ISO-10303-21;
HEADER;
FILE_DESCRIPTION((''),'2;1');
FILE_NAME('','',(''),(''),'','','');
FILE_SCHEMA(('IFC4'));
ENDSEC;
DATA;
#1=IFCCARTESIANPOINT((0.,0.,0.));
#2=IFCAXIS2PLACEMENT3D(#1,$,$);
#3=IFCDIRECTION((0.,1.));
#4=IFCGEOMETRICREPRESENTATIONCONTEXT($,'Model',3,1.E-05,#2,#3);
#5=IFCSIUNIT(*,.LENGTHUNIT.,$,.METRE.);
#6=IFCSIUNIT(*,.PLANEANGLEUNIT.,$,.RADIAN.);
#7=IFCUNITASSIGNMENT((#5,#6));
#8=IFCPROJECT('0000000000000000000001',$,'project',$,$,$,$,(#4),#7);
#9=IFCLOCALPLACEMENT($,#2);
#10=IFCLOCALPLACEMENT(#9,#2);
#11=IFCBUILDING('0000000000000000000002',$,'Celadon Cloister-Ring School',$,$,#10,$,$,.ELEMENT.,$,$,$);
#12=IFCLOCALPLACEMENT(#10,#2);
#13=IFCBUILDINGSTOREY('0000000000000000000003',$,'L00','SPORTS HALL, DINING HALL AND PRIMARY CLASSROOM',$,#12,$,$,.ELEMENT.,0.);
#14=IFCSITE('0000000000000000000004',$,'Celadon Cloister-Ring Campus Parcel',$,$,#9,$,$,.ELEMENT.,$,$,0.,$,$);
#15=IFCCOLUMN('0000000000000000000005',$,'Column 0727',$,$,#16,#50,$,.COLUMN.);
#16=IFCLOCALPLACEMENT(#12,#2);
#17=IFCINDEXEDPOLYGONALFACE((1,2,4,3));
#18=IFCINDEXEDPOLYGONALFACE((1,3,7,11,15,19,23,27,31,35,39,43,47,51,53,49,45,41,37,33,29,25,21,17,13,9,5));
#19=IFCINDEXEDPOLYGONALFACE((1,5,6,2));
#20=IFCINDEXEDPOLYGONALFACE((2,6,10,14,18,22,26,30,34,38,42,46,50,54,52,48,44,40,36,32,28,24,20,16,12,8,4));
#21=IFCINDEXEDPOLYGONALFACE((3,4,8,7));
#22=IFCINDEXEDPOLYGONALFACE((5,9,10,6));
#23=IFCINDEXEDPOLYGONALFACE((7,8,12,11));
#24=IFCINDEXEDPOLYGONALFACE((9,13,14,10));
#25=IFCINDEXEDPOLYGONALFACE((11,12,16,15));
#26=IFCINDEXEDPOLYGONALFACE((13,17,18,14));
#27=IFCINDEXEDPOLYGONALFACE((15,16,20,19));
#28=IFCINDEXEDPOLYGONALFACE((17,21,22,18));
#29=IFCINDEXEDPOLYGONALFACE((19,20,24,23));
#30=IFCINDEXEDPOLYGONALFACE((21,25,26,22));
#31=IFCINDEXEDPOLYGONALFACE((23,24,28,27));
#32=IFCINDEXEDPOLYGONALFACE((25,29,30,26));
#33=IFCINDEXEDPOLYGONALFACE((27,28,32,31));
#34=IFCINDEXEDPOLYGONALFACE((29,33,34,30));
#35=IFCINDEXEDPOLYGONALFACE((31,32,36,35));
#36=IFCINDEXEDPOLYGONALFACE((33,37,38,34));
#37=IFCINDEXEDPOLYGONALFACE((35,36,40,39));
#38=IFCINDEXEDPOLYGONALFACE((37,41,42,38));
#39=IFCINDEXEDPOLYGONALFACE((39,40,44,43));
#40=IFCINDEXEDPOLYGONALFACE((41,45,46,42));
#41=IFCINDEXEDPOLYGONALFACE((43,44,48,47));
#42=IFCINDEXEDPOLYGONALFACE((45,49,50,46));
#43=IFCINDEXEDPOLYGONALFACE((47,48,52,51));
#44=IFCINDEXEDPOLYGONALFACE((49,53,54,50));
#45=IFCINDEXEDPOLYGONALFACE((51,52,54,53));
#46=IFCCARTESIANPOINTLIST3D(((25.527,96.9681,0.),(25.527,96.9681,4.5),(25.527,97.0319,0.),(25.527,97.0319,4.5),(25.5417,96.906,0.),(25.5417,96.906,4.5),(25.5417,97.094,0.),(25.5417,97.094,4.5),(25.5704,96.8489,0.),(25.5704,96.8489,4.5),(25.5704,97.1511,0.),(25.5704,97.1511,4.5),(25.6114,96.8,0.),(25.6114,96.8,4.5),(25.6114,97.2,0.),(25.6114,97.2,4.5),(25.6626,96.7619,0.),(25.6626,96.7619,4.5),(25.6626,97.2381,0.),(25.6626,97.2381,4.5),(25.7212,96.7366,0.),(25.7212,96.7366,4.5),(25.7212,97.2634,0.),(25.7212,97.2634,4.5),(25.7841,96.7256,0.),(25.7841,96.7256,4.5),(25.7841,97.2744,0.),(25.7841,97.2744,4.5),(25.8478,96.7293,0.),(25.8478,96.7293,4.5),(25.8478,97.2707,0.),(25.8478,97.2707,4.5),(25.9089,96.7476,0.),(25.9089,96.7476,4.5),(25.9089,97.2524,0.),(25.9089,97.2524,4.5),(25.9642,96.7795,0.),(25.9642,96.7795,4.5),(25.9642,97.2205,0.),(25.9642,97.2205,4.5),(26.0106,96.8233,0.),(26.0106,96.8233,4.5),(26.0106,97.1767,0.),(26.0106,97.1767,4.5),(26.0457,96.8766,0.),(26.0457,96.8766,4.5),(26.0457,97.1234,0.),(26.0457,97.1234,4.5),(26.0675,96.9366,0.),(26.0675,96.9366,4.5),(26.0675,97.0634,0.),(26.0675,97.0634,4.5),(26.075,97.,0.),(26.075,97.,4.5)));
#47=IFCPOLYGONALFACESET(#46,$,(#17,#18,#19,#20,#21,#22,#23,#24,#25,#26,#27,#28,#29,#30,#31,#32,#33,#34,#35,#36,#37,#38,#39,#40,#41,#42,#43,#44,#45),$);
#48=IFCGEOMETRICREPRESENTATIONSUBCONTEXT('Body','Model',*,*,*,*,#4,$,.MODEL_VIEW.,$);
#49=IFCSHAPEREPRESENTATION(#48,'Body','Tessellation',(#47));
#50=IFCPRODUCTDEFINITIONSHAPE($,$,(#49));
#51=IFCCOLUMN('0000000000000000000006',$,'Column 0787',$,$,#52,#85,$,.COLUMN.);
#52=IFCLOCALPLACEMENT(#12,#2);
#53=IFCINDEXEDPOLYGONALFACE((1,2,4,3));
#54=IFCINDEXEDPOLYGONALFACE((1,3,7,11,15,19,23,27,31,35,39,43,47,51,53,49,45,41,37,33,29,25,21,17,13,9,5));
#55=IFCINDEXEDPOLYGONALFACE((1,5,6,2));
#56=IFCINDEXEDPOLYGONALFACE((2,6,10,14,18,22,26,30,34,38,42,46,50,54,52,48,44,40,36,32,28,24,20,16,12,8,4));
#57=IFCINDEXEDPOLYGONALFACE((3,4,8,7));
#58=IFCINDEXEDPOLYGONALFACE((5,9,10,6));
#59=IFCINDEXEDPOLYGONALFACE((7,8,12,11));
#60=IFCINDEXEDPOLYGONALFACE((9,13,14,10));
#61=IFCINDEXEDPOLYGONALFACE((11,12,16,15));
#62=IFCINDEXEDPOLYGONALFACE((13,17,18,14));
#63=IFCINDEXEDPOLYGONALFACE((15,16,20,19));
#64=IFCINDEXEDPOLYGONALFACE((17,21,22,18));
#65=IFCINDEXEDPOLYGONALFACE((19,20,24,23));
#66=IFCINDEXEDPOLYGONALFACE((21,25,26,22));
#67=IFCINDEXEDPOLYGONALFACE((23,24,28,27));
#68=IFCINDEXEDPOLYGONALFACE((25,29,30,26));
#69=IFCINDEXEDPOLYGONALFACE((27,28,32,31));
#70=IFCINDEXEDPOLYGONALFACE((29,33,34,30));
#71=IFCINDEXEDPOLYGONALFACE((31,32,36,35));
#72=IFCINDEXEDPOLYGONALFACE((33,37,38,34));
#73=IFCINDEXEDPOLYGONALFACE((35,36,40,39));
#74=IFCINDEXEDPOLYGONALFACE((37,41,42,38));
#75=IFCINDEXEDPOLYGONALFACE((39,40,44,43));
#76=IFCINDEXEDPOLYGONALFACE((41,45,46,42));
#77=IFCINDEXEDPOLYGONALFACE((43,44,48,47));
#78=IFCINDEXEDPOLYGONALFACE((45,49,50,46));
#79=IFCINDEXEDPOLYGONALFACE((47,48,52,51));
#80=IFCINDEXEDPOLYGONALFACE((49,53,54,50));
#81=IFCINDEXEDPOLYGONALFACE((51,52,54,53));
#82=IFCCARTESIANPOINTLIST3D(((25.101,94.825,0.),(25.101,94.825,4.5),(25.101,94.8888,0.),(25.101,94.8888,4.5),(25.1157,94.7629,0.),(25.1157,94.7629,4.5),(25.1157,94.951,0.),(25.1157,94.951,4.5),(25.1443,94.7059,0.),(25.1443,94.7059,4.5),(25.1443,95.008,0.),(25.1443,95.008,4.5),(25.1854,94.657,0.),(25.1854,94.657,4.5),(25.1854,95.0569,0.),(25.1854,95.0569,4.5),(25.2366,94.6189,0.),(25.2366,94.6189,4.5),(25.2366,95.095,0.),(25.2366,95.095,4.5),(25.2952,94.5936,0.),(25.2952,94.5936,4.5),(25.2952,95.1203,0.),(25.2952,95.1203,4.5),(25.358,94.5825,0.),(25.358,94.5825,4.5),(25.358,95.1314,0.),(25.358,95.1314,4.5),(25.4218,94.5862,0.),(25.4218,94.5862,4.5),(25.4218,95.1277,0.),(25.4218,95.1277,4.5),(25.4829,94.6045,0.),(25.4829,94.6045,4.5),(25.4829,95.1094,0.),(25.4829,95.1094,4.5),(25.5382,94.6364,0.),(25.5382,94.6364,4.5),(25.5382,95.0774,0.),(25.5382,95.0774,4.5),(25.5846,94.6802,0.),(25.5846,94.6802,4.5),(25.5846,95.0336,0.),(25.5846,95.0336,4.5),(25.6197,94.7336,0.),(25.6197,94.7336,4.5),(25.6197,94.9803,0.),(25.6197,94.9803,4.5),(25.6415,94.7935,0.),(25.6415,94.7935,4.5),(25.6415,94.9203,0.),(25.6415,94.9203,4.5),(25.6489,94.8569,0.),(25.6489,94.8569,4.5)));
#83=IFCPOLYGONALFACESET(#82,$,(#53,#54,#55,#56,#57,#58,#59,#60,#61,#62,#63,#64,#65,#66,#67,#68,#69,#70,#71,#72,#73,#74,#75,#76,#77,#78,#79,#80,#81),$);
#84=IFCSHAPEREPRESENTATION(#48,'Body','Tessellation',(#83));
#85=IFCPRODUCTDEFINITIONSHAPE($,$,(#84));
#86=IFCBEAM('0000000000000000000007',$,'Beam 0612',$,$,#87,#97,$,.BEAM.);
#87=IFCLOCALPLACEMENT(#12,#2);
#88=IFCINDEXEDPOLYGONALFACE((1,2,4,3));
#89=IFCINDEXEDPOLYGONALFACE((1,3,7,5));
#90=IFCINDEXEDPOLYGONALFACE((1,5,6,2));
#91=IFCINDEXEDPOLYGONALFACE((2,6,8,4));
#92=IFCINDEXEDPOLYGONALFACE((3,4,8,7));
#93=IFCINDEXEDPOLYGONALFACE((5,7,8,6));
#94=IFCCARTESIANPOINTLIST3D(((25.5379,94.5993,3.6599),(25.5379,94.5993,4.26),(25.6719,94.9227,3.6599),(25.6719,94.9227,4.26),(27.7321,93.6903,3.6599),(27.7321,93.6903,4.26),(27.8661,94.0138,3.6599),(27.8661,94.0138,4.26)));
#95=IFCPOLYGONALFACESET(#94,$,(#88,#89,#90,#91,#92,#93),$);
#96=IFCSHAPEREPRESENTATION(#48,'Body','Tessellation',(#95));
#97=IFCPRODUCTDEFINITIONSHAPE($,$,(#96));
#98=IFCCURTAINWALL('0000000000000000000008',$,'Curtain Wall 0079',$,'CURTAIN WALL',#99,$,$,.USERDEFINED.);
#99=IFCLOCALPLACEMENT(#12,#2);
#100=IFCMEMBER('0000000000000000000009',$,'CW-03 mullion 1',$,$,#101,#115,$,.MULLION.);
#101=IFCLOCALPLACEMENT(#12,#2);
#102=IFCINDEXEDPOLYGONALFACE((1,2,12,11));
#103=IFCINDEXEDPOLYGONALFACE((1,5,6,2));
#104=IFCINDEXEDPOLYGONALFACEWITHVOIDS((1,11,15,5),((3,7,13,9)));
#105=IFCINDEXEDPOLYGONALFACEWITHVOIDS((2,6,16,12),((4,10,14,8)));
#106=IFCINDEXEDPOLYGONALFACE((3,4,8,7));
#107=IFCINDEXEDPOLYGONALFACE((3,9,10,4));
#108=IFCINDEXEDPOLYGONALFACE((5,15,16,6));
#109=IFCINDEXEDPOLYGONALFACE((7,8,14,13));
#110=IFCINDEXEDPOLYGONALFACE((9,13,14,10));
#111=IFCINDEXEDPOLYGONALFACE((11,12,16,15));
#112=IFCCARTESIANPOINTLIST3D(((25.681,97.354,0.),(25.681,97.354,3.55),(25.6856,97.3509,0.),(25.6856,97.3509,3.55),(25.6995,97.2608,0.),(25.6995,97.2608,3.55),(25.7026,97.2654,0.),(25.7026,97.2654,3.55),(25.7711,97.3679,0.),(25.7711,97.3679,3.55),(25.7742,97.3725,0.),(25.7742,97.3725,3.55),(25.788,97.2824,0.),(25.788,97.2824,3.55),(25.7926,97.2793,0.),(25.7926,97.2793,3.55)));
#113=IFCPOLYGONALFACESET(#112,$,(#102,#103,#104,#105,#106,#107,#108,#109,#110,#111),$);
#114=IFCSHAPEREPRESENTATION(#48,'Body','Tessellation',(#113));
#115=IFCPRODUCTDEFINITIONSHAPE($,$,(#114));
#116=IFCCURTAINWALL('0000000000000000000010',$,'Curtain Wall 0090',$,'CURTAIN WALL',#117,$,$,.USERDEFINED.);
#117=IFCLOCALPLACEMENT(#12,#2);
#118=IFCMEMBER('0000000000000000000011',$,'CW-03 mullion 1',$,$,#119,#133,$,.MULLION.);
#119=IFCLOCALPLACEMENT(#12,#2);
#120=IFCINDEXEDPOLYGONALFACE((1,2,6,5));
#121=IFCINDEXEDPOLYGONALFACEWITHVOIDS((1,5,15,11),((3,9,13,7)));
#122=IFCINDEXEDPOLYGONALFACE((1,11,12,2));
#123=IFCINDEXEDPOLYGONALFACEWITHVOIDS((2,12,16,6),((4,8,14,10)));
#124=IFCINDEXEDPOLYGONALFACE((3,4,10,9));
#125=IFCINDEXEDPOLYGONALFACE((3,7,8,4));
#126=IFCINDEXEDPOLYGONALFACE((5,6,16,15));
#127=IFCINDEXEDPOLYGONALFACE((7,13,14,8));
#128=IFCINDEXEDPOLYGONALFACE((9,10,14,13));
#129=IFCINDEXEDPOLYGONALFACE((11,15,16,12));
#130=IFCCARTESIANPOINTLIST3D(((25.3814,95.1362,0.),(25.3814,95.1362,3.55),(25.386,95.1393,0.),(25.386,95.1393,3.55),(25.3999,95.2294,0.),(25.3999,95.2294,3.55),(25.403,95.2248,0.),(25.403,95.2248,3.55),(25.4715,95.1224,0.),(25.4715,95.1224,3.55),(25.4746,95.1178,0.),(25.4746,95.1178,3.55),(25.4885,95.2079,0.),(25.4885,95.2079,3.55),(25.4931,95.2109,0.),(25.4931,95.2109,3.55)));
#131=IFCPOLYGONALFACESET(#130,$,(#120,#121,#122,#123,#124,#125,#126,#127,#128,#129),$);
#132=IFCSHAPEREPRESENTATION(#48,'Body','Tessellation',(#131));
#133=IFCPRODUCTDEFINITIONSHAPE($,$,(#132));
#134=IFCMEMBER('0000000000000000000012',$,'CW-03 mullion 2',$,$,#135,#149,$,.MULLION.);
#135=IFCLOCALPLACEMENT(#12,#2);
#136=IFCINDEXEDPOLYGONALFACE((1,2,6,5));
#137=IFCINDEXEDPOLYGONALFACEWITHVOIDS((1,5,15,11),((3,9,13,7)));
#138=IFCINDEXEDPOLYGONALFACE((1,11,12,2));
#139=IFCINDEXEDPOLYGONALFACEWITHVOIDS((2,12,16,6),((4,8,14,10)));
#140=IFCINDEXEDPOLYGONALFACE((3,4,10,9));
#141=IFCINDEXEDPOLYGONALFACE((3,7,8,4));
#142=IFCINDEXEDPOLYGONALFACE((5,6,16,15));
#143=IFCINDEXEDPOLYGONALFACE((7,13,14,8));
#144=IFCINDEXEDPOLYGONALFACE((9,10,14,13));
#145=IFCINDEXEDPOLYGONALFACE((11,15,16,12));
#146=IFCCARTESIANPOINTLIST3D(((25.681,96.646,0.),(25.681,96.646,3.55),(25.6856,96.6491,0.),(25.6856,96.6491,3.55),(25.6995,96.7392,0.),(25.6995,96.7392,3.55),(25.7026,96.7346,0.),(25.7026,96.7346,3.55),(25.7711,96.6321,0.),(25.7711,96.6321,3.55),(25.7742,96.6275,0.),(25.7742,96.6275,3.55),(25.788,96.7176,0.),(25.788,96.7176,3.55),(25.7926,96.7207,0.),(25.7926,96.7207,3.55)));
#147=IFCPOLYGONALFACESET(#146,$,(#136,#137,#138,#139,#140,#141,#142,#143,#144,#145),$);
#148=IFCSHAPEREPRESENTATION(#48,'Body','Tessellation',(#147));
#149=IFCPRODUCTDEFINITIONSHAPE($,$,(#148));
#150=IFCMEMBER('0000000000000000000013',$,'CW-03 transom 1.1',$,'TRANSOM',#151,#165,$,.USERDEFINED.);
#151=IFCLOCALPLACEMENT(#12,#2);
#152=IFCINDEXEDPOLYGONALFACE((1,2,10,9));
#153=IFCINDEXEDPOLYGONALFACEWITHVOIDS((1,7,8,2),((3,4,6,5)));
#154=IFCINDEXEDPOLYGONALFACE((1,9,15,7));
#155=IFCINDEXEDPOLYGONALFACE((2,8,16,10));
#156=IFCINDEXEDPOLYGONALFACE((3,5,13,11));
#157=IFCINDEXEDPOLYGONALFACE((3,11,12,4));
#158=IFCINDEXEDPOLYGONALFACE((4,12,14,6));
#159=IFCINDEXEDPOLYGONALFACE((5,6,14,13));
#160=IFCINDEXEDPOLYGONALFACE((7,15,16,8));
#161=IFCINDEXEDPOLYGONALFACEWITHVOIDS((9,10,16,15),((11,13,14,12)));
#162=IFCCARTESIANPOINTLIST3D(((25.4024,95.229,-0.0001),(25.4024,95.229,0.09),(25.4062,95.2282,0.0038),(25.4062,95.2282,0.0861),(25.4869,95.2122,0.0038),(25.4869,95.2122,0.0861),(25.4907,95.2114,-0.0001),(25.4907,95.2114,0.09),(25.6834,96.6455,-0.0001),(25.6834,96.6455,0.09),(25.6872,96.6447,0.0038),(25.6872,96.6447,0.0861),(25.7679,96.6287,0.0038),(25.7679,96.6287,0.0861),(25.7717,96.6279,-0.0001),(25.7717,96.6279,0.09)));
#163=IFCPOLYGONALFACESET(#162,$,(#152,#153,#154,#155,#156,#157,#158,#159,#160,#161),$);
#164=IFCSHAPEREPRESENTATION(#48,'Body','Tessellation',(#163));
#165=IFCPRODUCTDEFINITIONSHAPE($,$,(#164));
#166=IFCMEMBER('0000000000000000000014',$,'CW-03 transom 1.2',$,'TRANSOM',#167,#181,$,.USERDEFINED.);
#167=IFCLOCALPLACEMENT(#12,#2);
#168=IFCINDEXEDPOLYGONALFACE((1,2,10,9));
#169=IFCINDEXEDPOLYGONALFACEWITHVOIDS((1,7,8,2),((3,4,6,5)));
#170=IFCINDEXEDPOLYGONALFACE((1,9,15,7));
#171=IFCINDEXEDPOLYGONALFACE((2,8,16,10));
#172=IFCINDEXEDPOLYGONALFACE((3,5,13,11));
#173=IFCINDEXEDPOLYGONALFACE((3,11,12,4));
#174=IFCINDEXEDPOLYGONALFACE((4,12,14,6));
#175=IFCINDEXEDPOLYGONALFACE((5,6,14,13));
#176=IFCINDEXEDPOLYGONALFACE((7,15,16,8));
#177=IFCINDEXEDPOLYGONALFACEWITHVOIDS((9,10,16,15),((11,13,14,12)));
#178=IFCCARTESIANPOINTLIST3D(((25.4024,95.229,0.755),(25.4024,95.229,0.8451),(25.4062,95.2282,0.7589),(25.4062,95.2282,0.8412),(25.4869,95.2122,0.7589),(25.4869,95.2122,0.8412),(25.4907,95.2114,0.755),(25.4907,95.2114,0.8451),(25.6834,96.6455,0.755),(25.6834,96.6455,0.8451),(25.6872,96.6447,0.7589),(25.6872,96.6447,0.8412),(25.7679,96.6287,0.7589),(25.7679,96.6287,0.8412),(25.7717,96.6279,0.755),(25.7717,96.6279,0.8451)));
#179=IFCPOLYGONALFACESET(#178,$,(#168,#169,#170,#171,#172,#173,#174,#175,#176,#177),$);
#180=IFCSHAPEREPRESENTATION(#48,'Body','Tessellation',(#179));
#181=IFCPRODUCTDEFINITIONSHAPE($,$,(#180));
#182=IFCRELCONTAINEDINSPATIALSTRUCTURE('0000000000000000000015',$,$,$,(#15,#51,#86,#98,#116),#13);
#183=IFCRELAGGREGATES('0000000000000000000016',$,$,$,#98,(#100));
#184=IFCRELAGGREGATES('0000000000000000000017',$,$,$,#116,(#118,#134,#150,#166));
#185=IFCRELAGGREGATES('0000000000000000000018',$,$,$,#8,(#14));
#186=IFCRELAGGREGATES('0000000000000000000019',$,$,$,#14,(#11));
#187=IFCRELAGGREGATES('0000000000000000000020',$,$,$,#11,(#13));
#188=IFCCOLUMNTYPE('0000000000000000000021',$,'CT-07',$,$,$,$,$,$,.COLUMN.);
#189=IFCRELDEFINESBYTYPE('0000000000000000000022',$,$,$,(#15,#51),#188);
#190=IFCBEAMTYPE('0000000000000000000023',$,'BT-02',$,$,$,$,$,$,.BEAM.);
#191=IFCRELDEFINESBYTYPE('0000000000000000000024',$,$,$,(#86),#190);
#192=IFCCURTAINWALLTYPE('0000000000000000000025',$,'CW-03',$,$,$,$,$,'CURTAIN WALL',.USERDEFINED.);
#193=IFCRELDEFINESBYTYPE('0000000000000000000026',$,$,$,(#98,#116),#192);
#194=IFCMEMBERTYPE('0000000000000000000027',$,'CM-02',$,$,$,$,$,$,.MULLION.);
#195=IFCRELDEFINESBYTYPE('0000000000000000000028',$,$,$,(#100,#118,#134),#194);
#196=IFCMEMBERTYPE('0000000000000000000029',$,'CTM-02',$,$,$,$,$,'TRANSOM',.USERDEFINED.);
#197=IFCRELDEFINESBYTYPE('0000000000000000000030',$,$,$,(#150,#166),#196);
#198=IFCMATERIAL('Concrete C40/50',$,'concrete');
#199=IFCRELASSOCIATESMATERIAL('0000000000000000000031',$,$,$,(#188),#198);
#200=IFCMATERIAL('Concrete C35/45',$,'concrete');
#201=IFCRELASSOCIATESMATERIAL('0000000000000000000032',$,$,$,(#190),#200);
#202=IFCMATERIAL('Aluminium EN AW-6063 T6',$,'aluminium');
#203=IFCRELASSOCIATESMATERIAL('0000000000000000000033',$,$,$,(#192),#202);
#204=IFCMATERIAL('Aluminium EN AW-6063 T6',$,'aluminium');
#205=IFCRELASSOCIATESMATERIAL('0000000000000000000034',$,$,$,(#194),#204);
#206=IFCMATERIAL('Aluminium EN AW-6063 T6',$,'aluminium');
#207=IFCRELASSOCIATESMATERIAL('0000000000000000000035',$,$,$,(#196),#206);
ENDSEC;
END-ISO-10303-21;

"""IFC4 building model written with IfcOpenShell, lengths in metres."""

from ifc_helpers import new_model, si_unit, direction, frame, origin, origin_2d, place, context, subcontext, project, spatial, rectangle, hollow_rectangle, circle, extrude, material, material_profile, profile_set, type_object, element, aggregate, save


model = new_model("IFC4")

# Units and contexts
model_context = context("Model", 3, precision=1e-05, world=origin(), true_north=direction((0.0, 1.0)))
body_context = subcontext(model_context, "Body", "Model", "MODEL_VIEW")
ifc_project = project(units=[si_unit("LENGTHUNIT", "METRE"), si_unit("PLANEANGLEUNIT", "RADIAN")], contexts=[model_context])

# Site, building, storey
site_placement = place(None, origin())
site = spatial("IfcSite", under=ifc_project, at=site_placement, Name="Celadon Cloister-Ring Campus Parcel", CompositionType="ELEMENT", RefElevation=0.0)
building_placement = place(site_placement, origin())
building = spatial("IfcBuilding", under=site, at=building_placement, Name="Celadon Cloister-Ring School", CompositionType="ELEMENT")
storey_placement = place(building_placement, origin())
storey = spatial("IfcBuildingStorey", under=building, at=storey_placement, Name="L00", Description="SPORTS HALL, DINING HALL AND PRIMARY CLASSROOM", CompositionType="ELEMENT", Elevation=0.0)

# Columns
ifc_material_1 = material(Name="Concrete C40/50", Category="concrete")
ifc_material_profile_1 = material_profile(ifc_material_1, circle(Radius=0.2749, at=origin_2d()), Name="CIRC550")
ifc_profile_set_1 = profile_set([ifc_material_profile_1], Name="Concrete C40/50")
column_type = type_object("IfcColumnType", Name="CT-07", PredefinedType="COLUMN", material=ifc_profile_set_1)
for number, where, z_axis, x_axis, name in (
    (1, (25.8, 97.0, 0.0), (0.0, 0.0, 1.0), (1.0, 0.0, 0.0), "Column 0727"),
    (2, (25.374, 94.8569, 0.0), (0.0, 0.0, 1.0), (1.0, 0.0, 0.0), "Column 0787"),
):
    element("IfcColumn", number, at=place(storey_placement, frame(where, z_axis=z_axis, x_axis=x_axis)), inside=storey, type_object=column_type, Name=name, PredefinedType="COLUMN", context=body_context, shape_type="SweptSolid", body=[
        extrude(circle(Radius=0.2749, at=origin_2d()), origin(), (0.0, 0.0, 1.0), 4.5),
    ])

# Beam
ifc_material_2 = material(Name="Concrete C35/45", Category="concrete")
ifc_material_profile_2 = material_profile(ifc_material_2, rectangle(XDim=0.3501, YDim=0.6001, at=origin_2d()), Name="RC350X600")
ifc_profile_set_2 = profile_set([ifc_material_profile_2], Name="Concrete C35/45")
beam_type_1 = type_object("IfcBeamType", Name="BT-02", PredefinedType="BEAM", material=ifc_profile_set_2)
beam_placement = place(storey_placement, frame((27.7991, 93.8521, 3.96), z_axis=(-0.923863, 0.382724, 0.0), x_axis=(-0.382724, -0.923863, 0.0)))
element("IfcBeam", 3, at=beam_placement, inside=storey, type_object=beam_type_1, Name="Beam 0612", PredefinedType="BEAM", context=body_context, shape_type="SweptSolid", body=[
    extrude(rectangle(XDim=0.3501, YDim=0.6001, at=origin_2d()), origin(), (0.0, 0.0, 1.0), 2.375),
])

# Curtain wall, member
ifc_material_3 = material(Name="Aluminium EN AW-6063 T6", Category="aluminium")
curtain_wall_type = type_object("IfcCurtainWallType", Name="CW-03", ElementType="CURTAIN WALL", PredefinedType="USERDEFINED", material=ifc_material_3)
curtain_wall_1_placement = place(storey_placement, origin())
curtain_wall_1 = element("IfcCurtainWall", 4, at=curtain_wall_1_placement, inside=storey, type_object=curtain_wall_type, Name="Curtain Wall 0079", ObjectType="CURTAIN WALL", PredefinedType="USERDEFINED")
ifc_material_4 = material(Name="Aluminium EN AW-6063 T6", Category="aluminium")
ifc_material_profile_3 = material_profile(ifc_material_4, hollow_rectangle(XDim=0.095, YDim=0.095, WallThickness=0.0039, at=origin_2d()), Name="RHS95X95X4")
ifc_profile_set_3 = profile_set([ifc_material_profile_3], Name="Aluminium EN AW-6063 T6")
member_type_1 = type_object("IfcMemberType", Name="CM-02", PredefinedType="MULLION", material=ifc_profile_set_3)
member_1_placement = place(storey_placement, frame((25.7368, 97.3167, 0.0), z_axis=(0.0, 0.0, 1.0), x_axis=(-0.980885, -0.194586, 0.0)))
member_1 = element("IfcMember", 5, at=member_1_placement, type_object=member_type_1, Name="CW-03 mullion 1", PredefinedType="MULLION", context=body_context, shape_type="SweptSolid", body=[
    extrude(hollow_rectangle(XDim=0.095, YDim=0.095, WallThickness=0.0039, at=origin_2d()), origin(), (0.0, 0.0, 1.0), 3.55),
])
aggregate(curtain_wall_1, [member_1])

# Curtain wall, members
curtain_wall_2_placement = place(storey_placement, origin())
curtain_wall_2 = element("IfcCurtainWall", 6, at=curtain_wall_2_placement, inside=storey, type_object=curtain_wall_type, Name="Curtain Wall 0090", ObjectType="CURTAIN WALL", PredefinedType="USERDEFINED")
member_2_placement = place(storey_placement, frame((25.4373, 95.1736, 0.0), z_axis=(0.0, 0.0, 1.0), x_axis=(-0.980885, 0.194586, 0.0)))
member_2 = element("IfcMember", 7, at=member_2_placement, type_object=member_type_1, Name="CW-03 mullion 1", PredefinedType="MULLION", context=body_context, shape_type="SweptSolid", body=[
    extrude(hollow_rectangle(XDim=0.095, YDim=0.095, WallThickness=0.0039, at=origin_2d()), origin(), (0.0, 0.0, 1.0), 3.55),
])
member_3_placement = place(storey_placement, frame((25.7368, 96.6833, 0.0), z_axis=(0.0, 0.0, 1.0), x_axis=(-0.980885, 0.194586, 0.0)))
member_3 = element("IfcMember", 8, at=member_3_placement, type_object=member_type_1, Name="CW-03 mullion 2", PredefinedType="MULLION", context=body_context, shape_type="SweptSolid", body=[
    extrude(hollow_rectangle(XDim=0.095, YDim=0.095, WallThickness=0.0039, at=origin_2d()), origin(), (0.0, 0.0, 1.0), 3.55),
])
ifc_material_5 = material(Name="Aluminium EN AW-6063 T6", Category="aluminium")
ifc_material_profile_4 = material_profile(ifc_material_5, hollow_rectangle(XDim=0.0901, YDim=0.0901, WallThickness=0.0039, at=origin_2d()), Name="RHS90X90X4")
ifc_profile_set_4 = profile_set([ifc_material_profile_4], Name="Aluminium EN AW-6063 T6")
member_type_2 = type_object("IfcMemberType", Name="CTM-02", ElementType="TRANSOM", PredefinedType="USERDEFINED", material=ifc_profile_set_4)
member_4_placement = place(storey_placement, frame((25.4465, 95.2202, 0.0449), z_axis=(0.194588, 0.980885, 0.0), x_axis=(-0.980885, 0.194588, 0.0)))
member_4 = element("IfcMember", 9, at=member_4_placement, type_object=member_type_2, Name="CW-03 transom 1.1", ObjectType="TRANSOM", PredefinedType="USERDEFINED", context=body_context, shape_type="SweptSolid", body=[
    extrude(hollow_rectangle(XDim=0.0901, YDim=0.0901, WallThickness=0.0039, at=origin_2d()), origin(), (0.0, 0.0, 1.0), 1.4441),
])
member_5_placement = place(storey_placement, frame((25.4465, 95.2202, 0.8), z_axis=(0.194588, 0.980885, 0.0), x_axis=(-0.980885, 0.194588, 0.0)))
member_5 = element("IfcMember", 10, at=member_5_placement, type_object=member_type_2, Name="CW-03 transom 1.2", ObjectType="TRANSOM", PredefinedType="USERDEFINED", context=body_context, shape_type="SweptSolid", body=[
    extrude(hollow_rectangle(XDim=0.0901, YDim=0.0901, WallThickness=0.0039, at=origin_2d()), origin(), (0.0, 0.0, 1.0), 1.4441),
])

aggregate(curtain_wall_2, [member_2, member_3, member_4, member_5])

save(model, "model.ifc")
